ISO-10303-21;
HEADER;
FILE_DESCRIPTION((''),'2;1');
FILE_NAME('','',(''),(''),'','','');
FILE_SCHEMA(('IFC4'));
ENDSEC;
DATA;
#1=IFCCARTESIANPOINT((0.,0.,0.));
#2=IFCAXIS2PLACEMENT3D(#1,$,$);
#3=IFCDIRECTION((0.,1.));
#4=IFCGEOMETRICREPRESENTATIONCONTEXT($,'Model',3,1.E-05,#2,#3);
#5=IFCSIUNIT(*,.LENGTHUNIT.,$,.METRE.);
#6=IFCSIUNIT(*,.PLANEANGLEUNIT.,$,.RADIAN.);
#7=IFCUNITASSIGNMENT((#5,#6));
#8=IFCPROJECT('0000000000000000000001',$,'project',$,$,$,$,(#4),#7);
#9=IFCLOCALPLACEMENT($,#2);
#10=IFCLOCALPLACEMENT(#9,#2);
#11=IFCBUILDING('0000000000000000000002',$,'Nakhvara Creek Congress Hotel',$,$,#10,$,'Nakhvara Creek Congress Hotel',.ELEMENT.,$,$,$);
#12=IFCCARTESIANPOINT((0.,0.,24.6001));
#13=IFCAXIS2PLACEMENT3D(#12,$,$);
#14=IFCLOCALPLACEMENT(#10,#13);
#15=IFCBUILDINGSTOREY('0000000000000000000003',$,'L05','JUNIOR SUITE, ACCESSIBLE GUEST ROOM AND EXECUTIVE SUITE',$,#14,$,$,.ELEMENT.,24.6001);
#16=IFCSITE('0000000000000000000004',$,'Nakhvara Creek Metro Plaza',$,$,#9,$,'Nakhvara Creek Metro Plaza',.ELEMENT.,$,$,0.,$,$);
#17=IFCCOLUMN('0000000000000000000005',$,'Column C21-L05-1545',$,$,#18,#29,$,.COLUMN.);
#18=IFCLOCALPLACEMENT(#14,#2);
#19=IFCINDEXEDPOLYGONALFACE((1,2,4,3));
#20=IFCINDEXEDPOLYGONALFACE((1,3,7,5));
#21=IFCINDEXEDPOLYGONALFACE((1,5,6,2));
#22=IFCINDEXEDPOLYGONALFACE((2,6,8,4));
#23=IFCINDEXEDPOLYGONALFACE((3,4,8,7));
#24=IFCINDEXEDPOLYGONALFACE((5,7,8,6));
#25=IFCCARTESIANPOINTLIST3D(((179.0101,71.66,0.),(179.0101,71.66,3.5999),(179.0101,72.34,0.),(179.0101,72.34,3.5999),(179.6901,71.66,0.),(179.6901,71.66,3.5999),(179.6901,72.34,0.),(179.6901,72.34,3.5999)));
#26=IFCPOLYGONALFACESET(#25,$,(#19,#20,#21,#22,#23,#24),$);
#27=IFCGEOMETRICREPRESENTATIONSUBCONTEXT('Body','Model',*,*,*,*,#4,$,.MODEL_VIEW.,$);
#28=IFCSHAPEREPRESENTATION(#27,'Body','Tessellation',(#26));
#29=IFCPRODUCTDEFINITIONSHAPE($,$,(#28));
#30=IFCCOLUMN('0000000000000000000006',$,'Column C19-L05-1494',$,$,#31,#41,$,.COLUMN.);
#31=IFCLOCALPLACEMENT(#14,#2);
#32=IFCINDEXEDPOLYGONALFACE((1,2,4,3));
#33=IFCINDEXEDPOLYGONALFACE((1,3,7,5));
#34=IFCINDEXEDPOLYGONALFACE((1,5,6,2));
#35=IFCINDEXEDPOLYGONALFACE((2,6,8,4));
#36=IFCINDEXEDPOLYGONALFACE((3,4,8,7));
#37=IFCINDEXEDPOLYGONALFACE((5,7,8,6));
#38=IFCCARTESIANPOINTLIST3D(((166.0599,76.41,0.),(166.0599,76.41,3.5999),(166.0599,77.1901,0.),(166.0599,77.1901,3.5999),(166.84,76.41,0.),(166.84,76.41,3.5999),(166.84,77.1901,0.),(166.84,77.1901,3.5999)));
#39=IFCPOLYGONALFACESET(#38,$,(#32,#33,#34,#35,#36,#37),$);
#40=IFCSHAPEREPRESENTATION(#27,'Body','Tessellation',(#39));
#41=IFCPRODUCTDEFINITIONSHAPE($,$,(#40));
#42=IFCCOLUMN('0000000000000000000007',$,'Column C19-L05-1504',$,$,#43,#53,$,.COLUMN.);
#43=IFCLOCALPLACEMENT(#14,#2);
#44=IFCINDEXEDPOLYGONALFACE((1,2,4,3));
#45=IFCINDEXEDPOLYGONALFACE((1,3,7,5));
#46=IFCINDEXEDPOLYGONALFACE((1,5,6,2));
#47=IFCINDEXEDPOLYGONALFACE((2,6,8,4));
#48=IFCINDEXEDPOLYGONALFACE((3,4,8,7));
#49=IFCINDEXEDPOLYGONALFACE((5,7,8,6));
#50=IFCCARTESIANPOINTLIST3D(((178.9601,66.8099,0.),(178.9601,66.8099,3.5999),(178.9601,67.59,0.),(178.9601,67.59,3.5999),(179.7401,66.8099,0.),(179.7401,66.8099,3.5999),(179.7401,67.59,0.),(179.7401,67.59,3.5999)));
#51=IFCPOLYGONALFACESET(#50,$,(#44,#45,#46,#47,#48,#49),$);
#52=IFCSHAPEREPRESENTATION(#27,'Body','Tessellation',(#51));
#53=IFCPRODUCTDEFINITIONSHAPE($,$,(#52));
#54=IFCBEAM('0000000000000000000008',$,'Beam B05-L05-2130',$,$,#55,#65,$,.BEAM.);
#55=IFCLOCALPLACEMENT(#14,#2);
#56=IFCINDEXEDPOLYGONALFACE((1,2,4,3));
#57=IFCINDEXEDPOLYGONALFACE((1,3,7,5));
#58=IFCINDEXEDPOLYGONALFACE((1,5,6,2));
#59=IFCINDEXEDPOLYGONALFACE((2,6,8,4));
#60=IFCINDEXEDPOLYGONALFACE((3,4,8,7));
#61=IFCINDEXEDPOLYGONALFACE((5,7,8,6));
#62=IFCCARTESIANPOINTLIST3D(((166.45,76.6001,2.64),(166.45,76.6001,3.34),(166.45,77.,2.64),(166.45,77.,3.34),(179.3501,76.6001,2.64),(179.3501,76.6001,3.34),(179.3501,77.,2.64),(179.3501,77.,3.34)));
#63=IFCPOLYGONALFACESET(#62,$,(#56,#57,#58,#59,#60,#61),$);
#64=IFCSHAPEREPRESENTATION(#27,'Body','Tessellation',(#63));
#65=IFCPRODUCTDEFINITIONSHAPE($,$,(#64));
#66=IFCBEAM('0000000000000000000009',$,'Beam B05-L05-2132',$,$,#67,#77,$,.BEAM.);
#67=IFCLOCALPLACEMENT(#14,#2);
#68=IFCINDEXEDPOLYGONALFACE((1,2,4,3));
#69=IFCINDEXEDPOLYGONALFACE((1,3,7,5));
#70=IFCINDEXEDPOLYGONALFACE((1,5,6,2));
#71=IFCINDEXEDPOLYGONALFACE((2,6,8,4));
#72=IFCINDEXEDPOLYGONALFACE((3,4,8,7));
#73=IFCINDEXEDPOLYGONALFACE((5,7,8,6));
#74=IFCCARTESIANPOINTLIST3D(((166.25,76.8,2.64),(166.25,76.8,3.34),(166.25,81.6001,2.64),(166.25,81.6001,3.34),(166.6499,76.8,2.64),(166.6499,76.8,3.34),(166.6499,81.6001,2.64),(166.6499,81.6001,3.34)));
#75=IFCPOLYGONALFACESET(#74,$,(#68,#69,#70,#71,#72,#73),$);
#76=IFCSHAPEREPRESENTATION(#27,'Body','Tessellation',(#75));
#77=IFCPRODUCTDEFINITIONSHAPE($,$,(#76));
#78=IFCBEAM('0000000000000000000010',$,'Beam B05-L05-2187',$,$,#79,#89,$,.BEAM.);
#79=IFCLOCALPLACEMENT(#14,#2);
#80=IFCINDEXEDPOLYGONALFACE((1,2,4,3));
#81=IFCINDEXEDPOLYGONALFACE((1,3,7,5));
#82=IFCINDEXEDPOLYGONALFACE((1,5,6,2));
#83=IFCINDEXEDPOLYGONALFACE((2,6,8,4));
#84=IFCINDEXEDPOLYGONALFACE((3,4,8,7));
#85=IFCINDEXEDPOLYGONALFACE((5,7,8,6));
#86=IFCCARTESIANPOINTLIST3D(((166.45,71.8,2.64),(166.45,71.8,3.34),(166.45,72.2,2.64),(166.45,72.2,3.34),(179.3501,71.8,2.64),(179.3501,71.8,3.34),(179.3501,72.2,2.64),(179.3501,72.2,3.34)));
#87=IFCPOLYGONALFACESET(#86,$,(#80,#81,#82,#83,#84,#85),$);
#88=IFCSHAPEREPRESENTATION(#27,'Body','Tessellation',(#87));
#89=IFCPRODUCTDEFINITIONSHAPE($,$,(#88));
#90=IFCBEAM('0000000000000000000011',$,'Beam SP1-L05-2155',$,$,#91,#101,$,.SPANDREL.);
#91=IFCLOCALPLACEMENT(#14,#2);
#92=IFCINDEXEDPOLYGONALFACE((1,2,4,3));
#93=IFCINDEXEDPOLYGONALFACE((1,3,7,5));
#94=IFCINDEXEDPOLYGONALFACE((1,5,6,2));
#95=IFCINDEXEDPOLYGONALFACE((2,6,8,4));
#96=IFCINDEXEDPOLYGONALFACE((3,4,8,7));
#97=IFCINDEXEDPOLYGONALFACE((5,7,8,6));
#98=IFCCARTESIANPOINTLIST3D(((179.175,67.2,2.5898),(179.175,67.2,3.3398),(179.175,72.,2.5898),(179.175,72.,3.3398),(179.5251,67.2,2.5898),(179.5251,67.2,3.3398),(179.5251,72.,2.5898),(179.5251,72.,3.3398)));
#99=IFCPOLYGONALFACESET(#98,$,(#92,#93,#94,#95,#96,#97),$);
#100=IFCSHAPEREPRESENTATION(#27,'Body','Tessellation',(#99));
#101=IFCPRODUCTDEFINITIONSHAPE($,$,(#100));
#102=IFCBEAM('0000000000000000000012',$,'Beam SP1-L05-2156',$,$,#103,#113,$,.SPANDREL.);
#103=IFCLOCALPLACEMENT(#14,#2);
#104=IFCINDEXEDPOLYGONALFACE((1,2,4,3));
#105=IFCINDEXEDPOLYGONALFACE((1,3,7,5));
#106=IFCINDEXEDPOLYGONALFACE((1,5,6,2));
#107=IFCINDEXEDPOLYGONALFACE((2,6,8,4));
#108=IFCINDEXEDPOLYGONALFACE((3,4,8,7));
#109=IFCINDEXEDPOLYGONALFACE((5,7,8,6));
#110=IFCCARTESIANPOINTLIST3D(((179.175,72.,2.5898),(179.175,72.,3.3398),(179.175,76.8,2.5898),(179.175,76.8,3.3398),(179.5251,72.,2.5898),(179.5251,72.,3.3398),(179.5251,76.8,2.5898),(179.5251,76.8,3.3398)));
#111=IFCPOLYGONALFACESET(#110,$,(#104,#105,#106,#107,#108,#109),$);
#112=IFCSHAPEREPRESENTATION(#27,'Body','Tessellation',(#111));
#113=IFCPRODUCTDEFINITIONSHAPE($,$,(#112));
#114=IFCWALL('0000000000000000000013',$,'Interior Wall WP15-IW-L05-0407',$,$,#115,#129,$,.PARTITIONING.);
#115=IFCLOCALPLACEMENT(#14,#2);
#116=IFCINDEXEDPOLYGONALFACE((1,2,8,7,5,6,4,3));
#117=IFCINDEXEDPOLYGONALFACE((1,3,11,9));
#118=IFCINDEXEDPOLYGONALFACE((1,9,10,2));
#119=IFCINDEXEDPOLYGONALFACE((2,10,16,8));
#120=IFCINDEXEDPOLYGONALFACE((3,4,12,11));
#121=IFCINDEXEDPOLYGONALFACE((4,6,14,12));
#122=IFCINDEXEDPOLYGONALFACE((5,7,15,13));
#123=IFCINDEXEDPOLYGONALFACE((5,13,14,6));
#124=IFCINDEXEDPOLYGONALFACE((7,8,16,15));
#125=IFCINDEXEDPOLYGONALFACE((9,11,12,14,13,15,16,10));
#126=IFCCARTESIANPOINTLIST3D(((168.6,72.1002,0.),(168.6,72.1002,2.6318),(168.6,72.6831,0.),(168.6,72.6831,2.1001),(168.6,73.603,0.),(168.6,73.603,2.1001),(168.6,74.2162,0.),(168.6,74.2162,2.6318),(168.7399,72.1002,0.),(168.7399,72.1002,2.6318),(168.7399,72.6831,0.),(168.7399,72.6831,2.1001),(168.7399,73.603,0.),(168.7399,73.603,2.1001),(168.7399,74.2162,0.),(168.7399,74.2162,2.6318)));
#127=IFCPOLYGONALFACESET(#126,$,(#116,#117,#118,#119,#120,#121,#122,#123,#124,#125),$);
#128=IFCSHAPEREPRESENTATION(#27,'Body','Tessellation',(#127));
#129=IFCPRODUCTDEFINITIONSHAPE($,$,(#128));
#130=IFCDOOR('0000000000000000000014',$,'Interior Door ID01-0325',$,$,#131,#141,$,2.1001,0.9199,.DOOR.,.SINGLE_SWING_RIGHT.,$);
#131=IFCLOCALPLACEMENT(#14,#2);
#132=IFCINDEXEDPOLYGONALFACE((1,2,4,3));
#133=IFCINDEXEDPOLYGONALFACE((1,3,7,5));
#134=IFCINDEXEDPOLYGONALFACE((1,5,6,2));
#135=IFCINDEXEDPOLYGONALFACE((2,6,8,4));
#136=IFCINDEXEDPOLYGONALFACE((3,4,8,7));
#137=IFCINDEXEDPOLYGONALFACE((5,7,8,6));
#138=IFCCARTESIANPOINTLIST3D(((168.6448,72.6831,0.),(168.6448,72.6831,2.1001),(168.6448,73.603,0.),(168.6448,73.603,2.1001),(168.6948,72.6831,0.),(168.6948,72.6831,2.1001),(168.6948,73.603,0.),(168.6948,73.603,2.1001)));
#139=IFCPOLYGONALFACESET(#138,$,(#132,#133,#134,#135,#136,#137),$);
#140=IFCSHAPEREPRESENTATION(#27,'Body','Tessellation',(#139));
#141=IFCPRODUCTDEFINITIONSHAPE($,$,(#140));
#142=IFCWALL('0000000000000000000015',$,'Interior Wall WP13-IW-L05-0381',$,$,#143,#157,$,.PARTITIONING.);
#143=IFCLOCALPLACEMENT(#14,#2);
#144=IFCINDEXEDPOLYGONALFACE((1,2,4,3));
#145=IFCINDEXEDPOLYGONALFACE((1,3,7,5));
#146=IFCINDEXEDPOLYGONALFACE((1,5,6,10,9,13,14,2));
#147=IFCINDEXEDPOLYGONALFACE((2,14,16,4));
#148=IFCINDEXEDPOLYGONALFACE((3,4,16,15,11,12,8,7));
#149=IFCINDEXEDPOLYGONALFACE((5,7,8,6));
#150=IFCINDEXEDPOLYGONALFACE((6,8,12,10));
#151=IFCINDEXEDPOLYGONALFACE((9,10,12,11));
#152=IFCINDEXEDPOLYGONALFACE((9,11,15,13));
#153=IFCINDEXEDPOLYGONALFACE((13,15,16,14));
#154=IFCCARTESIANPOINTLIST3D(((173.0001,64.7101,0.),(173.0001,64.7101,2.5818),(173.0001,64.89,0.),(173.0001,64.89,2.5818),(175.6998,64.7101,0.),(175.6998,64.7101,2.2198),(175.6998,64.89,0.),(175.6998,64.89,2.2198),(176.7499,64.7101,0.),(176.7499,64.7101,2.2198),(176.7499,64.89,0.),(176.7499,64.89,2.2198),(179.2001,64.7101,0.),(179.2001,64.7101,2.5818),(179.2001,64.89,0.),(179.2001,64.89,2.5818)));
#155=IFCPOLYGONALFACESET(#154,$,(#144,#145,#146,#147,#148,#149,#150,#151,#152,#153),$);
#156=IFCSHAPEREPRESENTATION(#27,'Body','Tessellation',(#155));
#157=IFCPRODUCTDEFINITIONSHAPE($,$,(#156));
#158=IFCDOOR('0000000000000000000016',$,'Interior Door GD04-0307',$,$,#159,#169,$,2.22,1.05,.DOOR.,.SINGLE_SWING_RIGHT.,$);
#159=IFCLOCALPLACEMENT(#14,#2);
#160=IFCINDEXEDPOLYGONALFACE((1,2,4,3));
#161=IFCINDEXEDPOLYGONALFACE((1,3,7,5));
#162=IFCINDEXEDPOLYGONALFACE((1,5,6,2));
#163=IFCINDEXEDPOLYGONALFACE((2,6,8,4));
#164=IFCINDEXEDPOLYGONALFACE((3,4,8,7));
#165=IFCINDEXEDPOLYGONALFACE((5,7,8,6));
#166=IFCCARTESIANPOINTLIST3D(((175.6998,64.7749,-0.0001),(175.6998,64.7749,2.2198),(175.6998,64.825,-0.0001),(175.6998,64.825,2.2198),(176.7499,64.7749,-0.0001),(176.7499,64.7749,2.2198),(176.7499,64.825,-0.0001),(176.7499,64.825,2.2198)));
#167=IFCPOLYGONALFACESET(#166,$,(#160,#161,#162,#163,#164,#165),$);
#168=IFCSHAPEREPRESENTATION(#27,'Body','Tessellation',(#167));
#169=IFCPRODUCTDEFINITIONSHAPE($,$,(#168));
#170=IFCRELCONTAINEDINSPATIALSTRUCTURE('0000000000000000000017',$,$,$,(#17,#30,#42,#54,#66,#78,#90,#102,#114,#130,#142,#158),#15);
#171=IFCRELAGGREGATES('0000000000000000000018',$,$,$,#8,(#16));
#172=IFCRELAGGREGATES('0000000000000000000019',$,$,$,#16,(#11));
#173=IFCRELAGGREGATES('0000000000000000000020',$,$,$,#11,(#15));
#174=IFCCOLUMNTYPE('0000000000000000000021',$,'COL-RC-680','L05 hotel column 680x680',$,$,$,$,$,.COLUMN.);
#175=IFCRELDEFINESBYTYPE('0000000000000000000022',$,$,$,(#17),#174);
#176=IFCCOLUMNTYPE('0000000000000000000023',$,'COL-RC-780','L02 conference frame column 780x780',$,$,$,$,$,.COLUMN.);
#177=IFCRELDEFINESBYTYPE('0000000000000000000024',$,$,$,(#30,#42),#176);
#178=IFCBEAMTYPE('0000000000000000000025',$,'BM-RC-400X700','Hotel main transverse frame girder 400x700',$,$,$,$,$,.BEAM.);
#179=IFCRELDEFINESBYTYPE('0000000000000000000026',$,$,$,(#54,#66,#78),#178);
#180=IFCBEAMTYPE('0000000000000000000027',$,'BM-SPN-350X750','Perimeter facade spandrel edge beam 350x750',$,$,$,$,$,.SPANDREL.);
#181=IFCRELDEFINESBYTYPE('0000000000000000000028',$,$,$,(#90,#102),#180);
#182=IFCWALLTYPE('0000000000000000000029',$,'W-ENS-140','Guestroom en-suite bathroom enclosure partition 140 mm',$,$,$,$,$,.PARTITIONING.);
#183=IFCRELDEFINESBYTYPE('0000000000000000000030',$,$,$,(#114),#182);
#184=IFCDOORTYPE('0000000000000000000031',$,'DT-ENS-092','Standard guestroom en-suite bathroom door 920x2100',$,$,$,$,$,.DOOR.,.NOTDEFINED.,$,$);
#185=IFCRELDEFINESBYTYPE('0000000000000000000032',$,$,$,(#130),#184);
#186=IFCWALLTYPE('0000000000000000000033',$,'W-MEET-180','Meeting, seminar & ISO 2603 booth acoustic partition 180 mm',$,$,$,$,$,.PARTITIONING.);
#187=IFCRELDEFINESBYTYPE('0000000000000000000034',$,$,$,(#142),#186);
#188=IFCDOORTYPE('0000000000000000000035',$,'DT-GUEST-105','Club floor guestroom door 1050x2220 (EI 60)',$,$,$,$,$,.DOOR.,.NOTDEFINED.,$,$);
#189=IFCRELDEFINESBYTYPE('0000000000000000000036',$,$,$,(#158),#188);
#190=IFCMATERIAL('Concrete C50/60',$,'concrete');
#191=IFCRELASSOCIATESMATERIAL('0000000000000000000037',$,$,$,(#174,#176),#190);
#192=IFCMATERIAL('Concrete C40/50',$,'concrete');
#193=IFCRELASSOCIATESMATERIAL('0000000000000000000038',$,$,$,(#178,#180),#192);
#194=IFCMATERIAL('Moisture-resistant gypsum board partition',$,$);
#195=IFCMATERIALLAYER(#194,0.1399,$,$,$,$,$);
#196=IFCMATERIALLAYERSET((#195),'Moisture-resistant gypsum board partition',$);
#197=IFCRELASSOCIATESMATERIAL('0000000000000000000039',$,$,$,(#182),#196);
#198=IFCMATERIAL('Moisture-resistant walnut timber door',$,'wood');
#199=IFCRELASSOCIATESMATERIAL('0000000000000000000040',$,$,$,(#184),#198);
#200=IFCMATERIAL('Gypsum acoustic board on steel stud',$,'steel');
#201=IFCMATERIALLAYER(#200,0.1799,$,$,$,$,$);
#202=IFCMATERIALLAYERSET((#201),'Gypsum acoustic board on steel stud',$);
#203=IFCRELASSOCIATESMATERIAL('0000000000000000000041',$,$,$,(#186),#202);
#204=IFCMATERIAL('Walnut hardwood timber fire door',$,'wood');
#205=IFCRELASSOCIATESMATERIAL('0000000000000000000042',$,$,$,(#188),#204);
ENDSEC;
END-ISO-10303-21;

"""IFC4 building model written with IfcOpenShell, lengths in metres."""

from ifc_helpers import new_model, si_unit, direction, frame, frame_2d, origin, origin_2d, place, context, subcontext, project, spatial, rectangle, extrude, material, layer, layer_set, material_profile, profile_set, type_object, element, fill, save


model = new_model("IFC4")

# Units and contexts
model_context = context("Model", 3, precision=1e-05, world=origin(), true_north=direction((0.0, 1.0)))
body_context = subcontext(model_context, "Body", "Model", "MODEL_VIEW")
ifc_project = project(units=[si_unit("LENGTHUNIT", "METRE"), si_unit("PLANEANGLEUNIT", "RADIAN")], contexts=[model_context])

# Site, building, storey
site_placement = place(None, origin())
site = spatial("IfcSite", under=ifc_project, at=site_placement, Name="Nakhvara Creek Metro Plaza", LongName="Nakhvara Creek Metro Plaza", CompositionType="ELEMENT", RefElevation=0.0)
building_placement = place(site_placement, origin())
building = spatial("IfcBuilding", under=site, at=building_placement, Name="Nakhvara Creek Congress Hotel", LongName="Nakhvara Creek Congress Hotel", CompositionType="ELEMENT")
storey_placement = place(building_placement, frame((0.0, 0.0, 24.6001)))
storey = spatial("IfcBuildingStorey", under=building, at=storey_placement, Name="L05", Description="JUNIOR SUITE, ACCESSIBLE GUEST ROOM AND EXECUTIVE SUITE", CompositionType="ELEMENT", Elevation=24.6001)

# Columns
ifc_material_1 = material(Name="Concrete C50/60", Category="concrete")
ifc_material_profile_1 = material_profile(ifc_material_1, rectangle(XDim=0.6799, YDim=0.6799, at=origin_2d()), Name="RC-COL 680x680", Category="LoadBearing")
ifc_profile_set_1 = profile_set([ifc_material_profile_1], Name="Concrete C50/60")
column_type_1 = type_object("IfcColumnType", Name="COL-RC-680", Description="L05 hotel column 680x680", PredefinedType="COLUMN", material=ifc_profile_set_1)
column_placement = place(storey_placement, frame((179.3501, 72.0, 0.0), z_axis=(0.0, 0.0, 1.0), x_axis=(1.0, 0.0, 0.0)))
element("IfcColumn", 1, at=column_placement, inside=storey, type_object=column_type_1, Name="Column C21-L05-1545", PredefinedType="COLUMN", context=body_context, shape_type="SweptSolid", body=[
    extrude(rectangle(XDim=0.6799, YDim=0.6799, at=origin_2d()), origin(), (0.0, 0.0, 1.0), 3.5999),
])
ifc_material_profile_2 = material_profile(ifc_material_1, rectangle(XDim=0.78, YDim=0.78, at=origin_2d()), Name="RC-COL 780x780", Category="LoadBearing")
ifc_profile_set_2 = profile_set([ifc_material_profile_2], Name="Concrete C50/60")
column_type_2 = type_object("IfcColumnType", Name="COL-RC-780", Description="L02 conference frame column 780x780", PredefinedType="COLUMN", material=ifc_profile_set_2)
for number, where, z_axis, x_axis, name in (
    (2, (166.45, 76.8, 0.0), (0.0, 0.0, 1.0), (1.0, 0.0, 0.0), "Column C19-L05-1494"),
    (3, (179.3501, 67.2, 0.0), (0.0, 0.0, 1.0), (1.0, 0.0, 0.0), "Column C19-L05-1504"),
):
    element("IfcColumn", number, at=place(storey_placement, frame(where, z_axis=z_axis, x_axis=x_axis)), inside=storey, type_object=column_type_2, Name=name, PredefinedType="COLUMN", context=body_context, shape_type="SweptSolid", body=[
        extrude(rectangle(XDim=0.78, YDim=0.78, at=origin_2d()), origin(), (0.0, 0.0, 1.0), 3.5999),
    ])

# Beams
ifc_material_2 = material(Name="Concrete C40/50", Category="concrete")
ifc_material_profile_3 = material_profile(ifc_material_2, rectangle(XDim=0.3999, YDim=0.7, at=origin_2d()), Name="RC-BM 400x700", Category="LoadBearing")
ifc_profile_set_3 = profile_set([ifc_material_profile_3], Name="Concrete C40/50")
beam_type_1 = type_object("IfcBeamType", Name="BM-RC-400X700", Description="Hotel main transverse frame girder 400x700", PredefinedType="BEAM", material=ifc_profile_set_3)
beam_1_placement = place(storey_placement, frame((166.45, 76.8, 2.99), z_axis=(1.0, 0.0, 0.0), x_axis=(0.0, 1.0, 0.0)))
element("IfcBeam", 4, at=beam_1_placement, inside=storey, type_object=beam_type_1, Name="Beam B05-L05-2130", PredefinedType="BEAM", context=body_context, shape_type="SweptSolid", body=[
    extrude(rectangle(XDim=0.3999, YDim=0.7, at=origin_2d()), origin(), (0.0, 0.0, 1.0), 12.9001),
])
beam_2_placement = place(storey_placement, frame((166.45, 76.8, 2.99), z_axis=(0.0, 1.0, 0.0), x_axis=(-1.0, 0.0, 0.0)))
element("IfcBeam", 5, at=beam_2_placement, inside=storey, type_object=beam_type_1, Name="Beam B05-L05-2132", PredefinedType="BEAM", context=body_context, shape_type="SweptSolid", body=[
    extrude(rectangle(XDim=0.3999, YDim=0.7, at=origin_2d()), origin(), (0.0, 0.0, 1.0), 4.8),
])
beam_3_placement = place(storey_placement, frame((166.45, 72.0, 2.99), z_axis=(1.0, 0.0, 0.0), x_axis=(0.0, 1.0, 0.0)))
element("IfcBeam", 6, at=beam_3_placement, inside=storey, type_object=beam_type_1, Name="Beam B05-L05-2187", PredefinedType="BEAM", context=body_context, shape_type="SweptSolid", body=[
    extrude(rectangle(XDim=0.3999, YDim=0.7, at=origin_2d()), origin(), (0.0, 0.0, 1.0), 12.9001),
])
ifc_material_profile_4 = material_profile(ifc_material_2, rectangle(XDim=0.3501, YDim=0.75, at=origin_2d()), Name="RC-SPANDREL 350x750", Category="LoadBearing")
ifc_profile_set_4 = profile_set([ifc_material_profile_4], Name="Concrete C40/50")
beam_type_2 = type_object("IfcBeamType", Name="BM-SPN-350X750", Description="Perimeter facade spandrel edge beam 350x750", PredefinedType="SPANDREL", material=ifc_profile_set_4)
for number, where, z_axis, x_axis, name in (
    (7, (179.3501, 67.2, 2.9648), (0.0, 1.0, 0.0), (-1.0, 0.0, 0.0), "Beam SP1-L05-2155"),
    (8, (179.3501, 72.0, 2.9648), (0.0, 1.0, 0.0), (-1.0, 0.0, 0.0), "Beam SP1-L05-2156"),
):
    element("IfcBeam", number, at=place(storey_placement, frame(where, z_axis=z_axis, x_axis=x_axis)), inside=storey, type_object=beam_type_2, Name=name, PredefinedType="SPANDREL", context=body_context, shape_type="SweptSolid", body=[
        extrude(rectangle(XDim=0.3501, YDim=0.75, at=origin_2d()), origin(), (0.0, 0.0, 1.0), 4.8),
    ])

# Walls, openings, doors
ifc_material_3 = material(Name="Moisture-resistant gypsum board partition")
ifc_layer_1 = layer(ifc_material_3, 0.1399)
ifc_layer_set_1 = layer_set([ifc_layer_1], Name="Moisture-resistant gypsum board partition")
wall_type_1 = type_object("IfcWallType", Name="W-ENS-140", Description="Guestroom en-suite bathroom enclosure partition 140 mm", PredefinedType="PARTITIONING", material=ifc_layer_set_1)
ifc_material_4 = material(Name="Moisture-resistant walnut timber door", Category="wood")
wall_1_placement = place(storey_placement, frame((168.6699, 72.1001, 0.0), z_axis=(0.0, 0.0, 1.0), x_axis=(0.0, 1.0, 0.0)))
wall_1 = element("IfcWall", 9, at=wall_1_placement, inside=storey, type_object=wall_type_1, Name="Interior Wall WP15-IW-L05-0407", PredefinedType="PARTITIONING", context=body_context, shape_type="SweptSolid", body=[
    extrude(rectangle(XDim=2.116, YDim=0.1399, at=frame_2d((1.0581, 0.0))), origin(), (0.0, 0.0, 1.0), 2.6318),
])
opening_1_placement = place(wall_1_placement, frame((0.583, 0.0, 0.0)))
opening_1 = element("IfcOpeningElement", 10, at=opening_1_placement, cuts=wall_1, PredefinedType="OPENING", context=body_context, shape_type="SweptSolid", body=[
    extrude(rectangle(XDim=0.9199, YDim=2.1001, at=frame_2d((0.46, 1.05))), frame((0.0, 0.082, 0.0), z_axis=(0.0, -1.0, 0.0), x_axis=(1.0, 0.0, 0.0)), (0.0, 0.0, 1.0), 0.1638),
])
door_type_1 = type_object("IfcDoorType", Name="DT-ENS-092", Description="Standard guestroom en-suite bathroom door 920x2100", OperationType="NOTDEFINED", PredefinedType="DOOR", material=ifc_material_4)
door_1_placement = place(opening_1_placement, frame((0.9199, 0.0, 0.0), z_axis=(0.0, 0.0, 1.0), x_axis=(-1.0, 0.0, 0.0)))
door_1 = element("IfcDoor", 11, at=door_1_placement, inside=storey, type_object=door_type_1, Name="Interior Door ID01-0325", OperationType="SINGLE_SWING_RIGHT", OverallHeight=2.1001, OverallWidth=0.9199, PredefinedType="DOOR", context=body_context, shape_type="SweptSolid", body=[
    extrude(rectangle(XDim=0.9199, YDim=2.1001, at=frame_2d((0.46, 1.05))), frame((0.0, 0.0249, 0.0), z_axis=(0.0, -1.0, 0.0), x_axis=(1.0, 0.0, 0.0)), (0.0, 0.0, 1.0), 0.05),
])
fill(opening_1, door_1)
ifc_material_5 = material(Name="Gypsum acoustic board on steel stud", Category="steel")
ifc_layer_2 = layer(ifc_material_5, 0.1799)
ifc_layer_set_2 = layer_set([ifc_layer_2], Name="Gypsum acoustic board on steel stud")
wall_type_2 = type_object("IfcWallType", Name="W-MEET-180", Description="Meeting, seminar & ISO 2603 booth acoustic partition 180 mm", PredefinedType="PARTITIONING", material=ifc_layer_set_2)
wall_2_placement = place(storey_placement, frame((173.0, 64.8, 0.0), z_axis=(0.0, 0.0, 1.0), x_axis=(1.0, 0.0, 0.0)))
wall_2 = element("IfcWall", 12, at=wall_2_placement, inside=storey, type_object=wall_type_2, Name="Interior Wall WP13-IW-L05-0381", PredefinedType="PARTITIONING", context=body_context, shape_type="SweptSolid", body=[
    extrude(rectangle(XDim=6.2, YDim=0.1799, at=frame_2d((3.1001, 0.0))), origin(), (0.0, 0.0, 1.0), 2.5818),
])
opening_2_placement = place(wall_2_placement, frame((2.7, 0.0, 0.0)))
opening_2 = element("IfcOpeningElement", 13, at=opening_2_placement, cuts=wall_2, PredefinedType="OPENING", context=body_context, shape_type="SweptSolid", body=[
    extrude(rectangle(XDim=1.05, YDim=2.22, at=frame_2d((0.5249, 1.1099))), frame((0.0, 0.1021, 0.0), z_axis=(0.0, -1.0, 0.0), x_axis=(1.0, 0.0, 0.0)), (0.0, 0.0, 1.0), 0.2039),
])
ifc_material_6 = material(Name="Walnut hardwood timber fire door", Category="wood")
door_type_2 = type_object("IfcDoorType", Name="DT-GUEST-105", Description="Club floor guestroom door 1050x2220 (EI 60)", OperationType="NOTDEFINED", PredefinedType="DOOR", material=ifc_material_6)
door_2_placement = place(opening_2_placement, origin())
door_2 = element("IfcDoor", 14, at=door_2_placement, inside=storey, type_object=door_type_2, Name="Interior Door GD04-0307", OperationType="SINGLE_SWING_RIGHT", OverallHeight=2.22, OverallWidth=1.05, PredefinedType="DOOR", context=body_context, shape_type="SweptSolid", body=[
    extrude(rectangle(XDim=1.05, YDim=2.22, at=frame_2d((0.5249, 1.1099))), frame((0.0, 0.0249, 0.0), z_axis=(0.0, -1.0, 0.0), x_axis=(1.0, 0.0, 0.0)), (0.0, 0.0, 1.0), 0.05),
])
fill(opening_2, door_2)

save(model, "model.ifc")
